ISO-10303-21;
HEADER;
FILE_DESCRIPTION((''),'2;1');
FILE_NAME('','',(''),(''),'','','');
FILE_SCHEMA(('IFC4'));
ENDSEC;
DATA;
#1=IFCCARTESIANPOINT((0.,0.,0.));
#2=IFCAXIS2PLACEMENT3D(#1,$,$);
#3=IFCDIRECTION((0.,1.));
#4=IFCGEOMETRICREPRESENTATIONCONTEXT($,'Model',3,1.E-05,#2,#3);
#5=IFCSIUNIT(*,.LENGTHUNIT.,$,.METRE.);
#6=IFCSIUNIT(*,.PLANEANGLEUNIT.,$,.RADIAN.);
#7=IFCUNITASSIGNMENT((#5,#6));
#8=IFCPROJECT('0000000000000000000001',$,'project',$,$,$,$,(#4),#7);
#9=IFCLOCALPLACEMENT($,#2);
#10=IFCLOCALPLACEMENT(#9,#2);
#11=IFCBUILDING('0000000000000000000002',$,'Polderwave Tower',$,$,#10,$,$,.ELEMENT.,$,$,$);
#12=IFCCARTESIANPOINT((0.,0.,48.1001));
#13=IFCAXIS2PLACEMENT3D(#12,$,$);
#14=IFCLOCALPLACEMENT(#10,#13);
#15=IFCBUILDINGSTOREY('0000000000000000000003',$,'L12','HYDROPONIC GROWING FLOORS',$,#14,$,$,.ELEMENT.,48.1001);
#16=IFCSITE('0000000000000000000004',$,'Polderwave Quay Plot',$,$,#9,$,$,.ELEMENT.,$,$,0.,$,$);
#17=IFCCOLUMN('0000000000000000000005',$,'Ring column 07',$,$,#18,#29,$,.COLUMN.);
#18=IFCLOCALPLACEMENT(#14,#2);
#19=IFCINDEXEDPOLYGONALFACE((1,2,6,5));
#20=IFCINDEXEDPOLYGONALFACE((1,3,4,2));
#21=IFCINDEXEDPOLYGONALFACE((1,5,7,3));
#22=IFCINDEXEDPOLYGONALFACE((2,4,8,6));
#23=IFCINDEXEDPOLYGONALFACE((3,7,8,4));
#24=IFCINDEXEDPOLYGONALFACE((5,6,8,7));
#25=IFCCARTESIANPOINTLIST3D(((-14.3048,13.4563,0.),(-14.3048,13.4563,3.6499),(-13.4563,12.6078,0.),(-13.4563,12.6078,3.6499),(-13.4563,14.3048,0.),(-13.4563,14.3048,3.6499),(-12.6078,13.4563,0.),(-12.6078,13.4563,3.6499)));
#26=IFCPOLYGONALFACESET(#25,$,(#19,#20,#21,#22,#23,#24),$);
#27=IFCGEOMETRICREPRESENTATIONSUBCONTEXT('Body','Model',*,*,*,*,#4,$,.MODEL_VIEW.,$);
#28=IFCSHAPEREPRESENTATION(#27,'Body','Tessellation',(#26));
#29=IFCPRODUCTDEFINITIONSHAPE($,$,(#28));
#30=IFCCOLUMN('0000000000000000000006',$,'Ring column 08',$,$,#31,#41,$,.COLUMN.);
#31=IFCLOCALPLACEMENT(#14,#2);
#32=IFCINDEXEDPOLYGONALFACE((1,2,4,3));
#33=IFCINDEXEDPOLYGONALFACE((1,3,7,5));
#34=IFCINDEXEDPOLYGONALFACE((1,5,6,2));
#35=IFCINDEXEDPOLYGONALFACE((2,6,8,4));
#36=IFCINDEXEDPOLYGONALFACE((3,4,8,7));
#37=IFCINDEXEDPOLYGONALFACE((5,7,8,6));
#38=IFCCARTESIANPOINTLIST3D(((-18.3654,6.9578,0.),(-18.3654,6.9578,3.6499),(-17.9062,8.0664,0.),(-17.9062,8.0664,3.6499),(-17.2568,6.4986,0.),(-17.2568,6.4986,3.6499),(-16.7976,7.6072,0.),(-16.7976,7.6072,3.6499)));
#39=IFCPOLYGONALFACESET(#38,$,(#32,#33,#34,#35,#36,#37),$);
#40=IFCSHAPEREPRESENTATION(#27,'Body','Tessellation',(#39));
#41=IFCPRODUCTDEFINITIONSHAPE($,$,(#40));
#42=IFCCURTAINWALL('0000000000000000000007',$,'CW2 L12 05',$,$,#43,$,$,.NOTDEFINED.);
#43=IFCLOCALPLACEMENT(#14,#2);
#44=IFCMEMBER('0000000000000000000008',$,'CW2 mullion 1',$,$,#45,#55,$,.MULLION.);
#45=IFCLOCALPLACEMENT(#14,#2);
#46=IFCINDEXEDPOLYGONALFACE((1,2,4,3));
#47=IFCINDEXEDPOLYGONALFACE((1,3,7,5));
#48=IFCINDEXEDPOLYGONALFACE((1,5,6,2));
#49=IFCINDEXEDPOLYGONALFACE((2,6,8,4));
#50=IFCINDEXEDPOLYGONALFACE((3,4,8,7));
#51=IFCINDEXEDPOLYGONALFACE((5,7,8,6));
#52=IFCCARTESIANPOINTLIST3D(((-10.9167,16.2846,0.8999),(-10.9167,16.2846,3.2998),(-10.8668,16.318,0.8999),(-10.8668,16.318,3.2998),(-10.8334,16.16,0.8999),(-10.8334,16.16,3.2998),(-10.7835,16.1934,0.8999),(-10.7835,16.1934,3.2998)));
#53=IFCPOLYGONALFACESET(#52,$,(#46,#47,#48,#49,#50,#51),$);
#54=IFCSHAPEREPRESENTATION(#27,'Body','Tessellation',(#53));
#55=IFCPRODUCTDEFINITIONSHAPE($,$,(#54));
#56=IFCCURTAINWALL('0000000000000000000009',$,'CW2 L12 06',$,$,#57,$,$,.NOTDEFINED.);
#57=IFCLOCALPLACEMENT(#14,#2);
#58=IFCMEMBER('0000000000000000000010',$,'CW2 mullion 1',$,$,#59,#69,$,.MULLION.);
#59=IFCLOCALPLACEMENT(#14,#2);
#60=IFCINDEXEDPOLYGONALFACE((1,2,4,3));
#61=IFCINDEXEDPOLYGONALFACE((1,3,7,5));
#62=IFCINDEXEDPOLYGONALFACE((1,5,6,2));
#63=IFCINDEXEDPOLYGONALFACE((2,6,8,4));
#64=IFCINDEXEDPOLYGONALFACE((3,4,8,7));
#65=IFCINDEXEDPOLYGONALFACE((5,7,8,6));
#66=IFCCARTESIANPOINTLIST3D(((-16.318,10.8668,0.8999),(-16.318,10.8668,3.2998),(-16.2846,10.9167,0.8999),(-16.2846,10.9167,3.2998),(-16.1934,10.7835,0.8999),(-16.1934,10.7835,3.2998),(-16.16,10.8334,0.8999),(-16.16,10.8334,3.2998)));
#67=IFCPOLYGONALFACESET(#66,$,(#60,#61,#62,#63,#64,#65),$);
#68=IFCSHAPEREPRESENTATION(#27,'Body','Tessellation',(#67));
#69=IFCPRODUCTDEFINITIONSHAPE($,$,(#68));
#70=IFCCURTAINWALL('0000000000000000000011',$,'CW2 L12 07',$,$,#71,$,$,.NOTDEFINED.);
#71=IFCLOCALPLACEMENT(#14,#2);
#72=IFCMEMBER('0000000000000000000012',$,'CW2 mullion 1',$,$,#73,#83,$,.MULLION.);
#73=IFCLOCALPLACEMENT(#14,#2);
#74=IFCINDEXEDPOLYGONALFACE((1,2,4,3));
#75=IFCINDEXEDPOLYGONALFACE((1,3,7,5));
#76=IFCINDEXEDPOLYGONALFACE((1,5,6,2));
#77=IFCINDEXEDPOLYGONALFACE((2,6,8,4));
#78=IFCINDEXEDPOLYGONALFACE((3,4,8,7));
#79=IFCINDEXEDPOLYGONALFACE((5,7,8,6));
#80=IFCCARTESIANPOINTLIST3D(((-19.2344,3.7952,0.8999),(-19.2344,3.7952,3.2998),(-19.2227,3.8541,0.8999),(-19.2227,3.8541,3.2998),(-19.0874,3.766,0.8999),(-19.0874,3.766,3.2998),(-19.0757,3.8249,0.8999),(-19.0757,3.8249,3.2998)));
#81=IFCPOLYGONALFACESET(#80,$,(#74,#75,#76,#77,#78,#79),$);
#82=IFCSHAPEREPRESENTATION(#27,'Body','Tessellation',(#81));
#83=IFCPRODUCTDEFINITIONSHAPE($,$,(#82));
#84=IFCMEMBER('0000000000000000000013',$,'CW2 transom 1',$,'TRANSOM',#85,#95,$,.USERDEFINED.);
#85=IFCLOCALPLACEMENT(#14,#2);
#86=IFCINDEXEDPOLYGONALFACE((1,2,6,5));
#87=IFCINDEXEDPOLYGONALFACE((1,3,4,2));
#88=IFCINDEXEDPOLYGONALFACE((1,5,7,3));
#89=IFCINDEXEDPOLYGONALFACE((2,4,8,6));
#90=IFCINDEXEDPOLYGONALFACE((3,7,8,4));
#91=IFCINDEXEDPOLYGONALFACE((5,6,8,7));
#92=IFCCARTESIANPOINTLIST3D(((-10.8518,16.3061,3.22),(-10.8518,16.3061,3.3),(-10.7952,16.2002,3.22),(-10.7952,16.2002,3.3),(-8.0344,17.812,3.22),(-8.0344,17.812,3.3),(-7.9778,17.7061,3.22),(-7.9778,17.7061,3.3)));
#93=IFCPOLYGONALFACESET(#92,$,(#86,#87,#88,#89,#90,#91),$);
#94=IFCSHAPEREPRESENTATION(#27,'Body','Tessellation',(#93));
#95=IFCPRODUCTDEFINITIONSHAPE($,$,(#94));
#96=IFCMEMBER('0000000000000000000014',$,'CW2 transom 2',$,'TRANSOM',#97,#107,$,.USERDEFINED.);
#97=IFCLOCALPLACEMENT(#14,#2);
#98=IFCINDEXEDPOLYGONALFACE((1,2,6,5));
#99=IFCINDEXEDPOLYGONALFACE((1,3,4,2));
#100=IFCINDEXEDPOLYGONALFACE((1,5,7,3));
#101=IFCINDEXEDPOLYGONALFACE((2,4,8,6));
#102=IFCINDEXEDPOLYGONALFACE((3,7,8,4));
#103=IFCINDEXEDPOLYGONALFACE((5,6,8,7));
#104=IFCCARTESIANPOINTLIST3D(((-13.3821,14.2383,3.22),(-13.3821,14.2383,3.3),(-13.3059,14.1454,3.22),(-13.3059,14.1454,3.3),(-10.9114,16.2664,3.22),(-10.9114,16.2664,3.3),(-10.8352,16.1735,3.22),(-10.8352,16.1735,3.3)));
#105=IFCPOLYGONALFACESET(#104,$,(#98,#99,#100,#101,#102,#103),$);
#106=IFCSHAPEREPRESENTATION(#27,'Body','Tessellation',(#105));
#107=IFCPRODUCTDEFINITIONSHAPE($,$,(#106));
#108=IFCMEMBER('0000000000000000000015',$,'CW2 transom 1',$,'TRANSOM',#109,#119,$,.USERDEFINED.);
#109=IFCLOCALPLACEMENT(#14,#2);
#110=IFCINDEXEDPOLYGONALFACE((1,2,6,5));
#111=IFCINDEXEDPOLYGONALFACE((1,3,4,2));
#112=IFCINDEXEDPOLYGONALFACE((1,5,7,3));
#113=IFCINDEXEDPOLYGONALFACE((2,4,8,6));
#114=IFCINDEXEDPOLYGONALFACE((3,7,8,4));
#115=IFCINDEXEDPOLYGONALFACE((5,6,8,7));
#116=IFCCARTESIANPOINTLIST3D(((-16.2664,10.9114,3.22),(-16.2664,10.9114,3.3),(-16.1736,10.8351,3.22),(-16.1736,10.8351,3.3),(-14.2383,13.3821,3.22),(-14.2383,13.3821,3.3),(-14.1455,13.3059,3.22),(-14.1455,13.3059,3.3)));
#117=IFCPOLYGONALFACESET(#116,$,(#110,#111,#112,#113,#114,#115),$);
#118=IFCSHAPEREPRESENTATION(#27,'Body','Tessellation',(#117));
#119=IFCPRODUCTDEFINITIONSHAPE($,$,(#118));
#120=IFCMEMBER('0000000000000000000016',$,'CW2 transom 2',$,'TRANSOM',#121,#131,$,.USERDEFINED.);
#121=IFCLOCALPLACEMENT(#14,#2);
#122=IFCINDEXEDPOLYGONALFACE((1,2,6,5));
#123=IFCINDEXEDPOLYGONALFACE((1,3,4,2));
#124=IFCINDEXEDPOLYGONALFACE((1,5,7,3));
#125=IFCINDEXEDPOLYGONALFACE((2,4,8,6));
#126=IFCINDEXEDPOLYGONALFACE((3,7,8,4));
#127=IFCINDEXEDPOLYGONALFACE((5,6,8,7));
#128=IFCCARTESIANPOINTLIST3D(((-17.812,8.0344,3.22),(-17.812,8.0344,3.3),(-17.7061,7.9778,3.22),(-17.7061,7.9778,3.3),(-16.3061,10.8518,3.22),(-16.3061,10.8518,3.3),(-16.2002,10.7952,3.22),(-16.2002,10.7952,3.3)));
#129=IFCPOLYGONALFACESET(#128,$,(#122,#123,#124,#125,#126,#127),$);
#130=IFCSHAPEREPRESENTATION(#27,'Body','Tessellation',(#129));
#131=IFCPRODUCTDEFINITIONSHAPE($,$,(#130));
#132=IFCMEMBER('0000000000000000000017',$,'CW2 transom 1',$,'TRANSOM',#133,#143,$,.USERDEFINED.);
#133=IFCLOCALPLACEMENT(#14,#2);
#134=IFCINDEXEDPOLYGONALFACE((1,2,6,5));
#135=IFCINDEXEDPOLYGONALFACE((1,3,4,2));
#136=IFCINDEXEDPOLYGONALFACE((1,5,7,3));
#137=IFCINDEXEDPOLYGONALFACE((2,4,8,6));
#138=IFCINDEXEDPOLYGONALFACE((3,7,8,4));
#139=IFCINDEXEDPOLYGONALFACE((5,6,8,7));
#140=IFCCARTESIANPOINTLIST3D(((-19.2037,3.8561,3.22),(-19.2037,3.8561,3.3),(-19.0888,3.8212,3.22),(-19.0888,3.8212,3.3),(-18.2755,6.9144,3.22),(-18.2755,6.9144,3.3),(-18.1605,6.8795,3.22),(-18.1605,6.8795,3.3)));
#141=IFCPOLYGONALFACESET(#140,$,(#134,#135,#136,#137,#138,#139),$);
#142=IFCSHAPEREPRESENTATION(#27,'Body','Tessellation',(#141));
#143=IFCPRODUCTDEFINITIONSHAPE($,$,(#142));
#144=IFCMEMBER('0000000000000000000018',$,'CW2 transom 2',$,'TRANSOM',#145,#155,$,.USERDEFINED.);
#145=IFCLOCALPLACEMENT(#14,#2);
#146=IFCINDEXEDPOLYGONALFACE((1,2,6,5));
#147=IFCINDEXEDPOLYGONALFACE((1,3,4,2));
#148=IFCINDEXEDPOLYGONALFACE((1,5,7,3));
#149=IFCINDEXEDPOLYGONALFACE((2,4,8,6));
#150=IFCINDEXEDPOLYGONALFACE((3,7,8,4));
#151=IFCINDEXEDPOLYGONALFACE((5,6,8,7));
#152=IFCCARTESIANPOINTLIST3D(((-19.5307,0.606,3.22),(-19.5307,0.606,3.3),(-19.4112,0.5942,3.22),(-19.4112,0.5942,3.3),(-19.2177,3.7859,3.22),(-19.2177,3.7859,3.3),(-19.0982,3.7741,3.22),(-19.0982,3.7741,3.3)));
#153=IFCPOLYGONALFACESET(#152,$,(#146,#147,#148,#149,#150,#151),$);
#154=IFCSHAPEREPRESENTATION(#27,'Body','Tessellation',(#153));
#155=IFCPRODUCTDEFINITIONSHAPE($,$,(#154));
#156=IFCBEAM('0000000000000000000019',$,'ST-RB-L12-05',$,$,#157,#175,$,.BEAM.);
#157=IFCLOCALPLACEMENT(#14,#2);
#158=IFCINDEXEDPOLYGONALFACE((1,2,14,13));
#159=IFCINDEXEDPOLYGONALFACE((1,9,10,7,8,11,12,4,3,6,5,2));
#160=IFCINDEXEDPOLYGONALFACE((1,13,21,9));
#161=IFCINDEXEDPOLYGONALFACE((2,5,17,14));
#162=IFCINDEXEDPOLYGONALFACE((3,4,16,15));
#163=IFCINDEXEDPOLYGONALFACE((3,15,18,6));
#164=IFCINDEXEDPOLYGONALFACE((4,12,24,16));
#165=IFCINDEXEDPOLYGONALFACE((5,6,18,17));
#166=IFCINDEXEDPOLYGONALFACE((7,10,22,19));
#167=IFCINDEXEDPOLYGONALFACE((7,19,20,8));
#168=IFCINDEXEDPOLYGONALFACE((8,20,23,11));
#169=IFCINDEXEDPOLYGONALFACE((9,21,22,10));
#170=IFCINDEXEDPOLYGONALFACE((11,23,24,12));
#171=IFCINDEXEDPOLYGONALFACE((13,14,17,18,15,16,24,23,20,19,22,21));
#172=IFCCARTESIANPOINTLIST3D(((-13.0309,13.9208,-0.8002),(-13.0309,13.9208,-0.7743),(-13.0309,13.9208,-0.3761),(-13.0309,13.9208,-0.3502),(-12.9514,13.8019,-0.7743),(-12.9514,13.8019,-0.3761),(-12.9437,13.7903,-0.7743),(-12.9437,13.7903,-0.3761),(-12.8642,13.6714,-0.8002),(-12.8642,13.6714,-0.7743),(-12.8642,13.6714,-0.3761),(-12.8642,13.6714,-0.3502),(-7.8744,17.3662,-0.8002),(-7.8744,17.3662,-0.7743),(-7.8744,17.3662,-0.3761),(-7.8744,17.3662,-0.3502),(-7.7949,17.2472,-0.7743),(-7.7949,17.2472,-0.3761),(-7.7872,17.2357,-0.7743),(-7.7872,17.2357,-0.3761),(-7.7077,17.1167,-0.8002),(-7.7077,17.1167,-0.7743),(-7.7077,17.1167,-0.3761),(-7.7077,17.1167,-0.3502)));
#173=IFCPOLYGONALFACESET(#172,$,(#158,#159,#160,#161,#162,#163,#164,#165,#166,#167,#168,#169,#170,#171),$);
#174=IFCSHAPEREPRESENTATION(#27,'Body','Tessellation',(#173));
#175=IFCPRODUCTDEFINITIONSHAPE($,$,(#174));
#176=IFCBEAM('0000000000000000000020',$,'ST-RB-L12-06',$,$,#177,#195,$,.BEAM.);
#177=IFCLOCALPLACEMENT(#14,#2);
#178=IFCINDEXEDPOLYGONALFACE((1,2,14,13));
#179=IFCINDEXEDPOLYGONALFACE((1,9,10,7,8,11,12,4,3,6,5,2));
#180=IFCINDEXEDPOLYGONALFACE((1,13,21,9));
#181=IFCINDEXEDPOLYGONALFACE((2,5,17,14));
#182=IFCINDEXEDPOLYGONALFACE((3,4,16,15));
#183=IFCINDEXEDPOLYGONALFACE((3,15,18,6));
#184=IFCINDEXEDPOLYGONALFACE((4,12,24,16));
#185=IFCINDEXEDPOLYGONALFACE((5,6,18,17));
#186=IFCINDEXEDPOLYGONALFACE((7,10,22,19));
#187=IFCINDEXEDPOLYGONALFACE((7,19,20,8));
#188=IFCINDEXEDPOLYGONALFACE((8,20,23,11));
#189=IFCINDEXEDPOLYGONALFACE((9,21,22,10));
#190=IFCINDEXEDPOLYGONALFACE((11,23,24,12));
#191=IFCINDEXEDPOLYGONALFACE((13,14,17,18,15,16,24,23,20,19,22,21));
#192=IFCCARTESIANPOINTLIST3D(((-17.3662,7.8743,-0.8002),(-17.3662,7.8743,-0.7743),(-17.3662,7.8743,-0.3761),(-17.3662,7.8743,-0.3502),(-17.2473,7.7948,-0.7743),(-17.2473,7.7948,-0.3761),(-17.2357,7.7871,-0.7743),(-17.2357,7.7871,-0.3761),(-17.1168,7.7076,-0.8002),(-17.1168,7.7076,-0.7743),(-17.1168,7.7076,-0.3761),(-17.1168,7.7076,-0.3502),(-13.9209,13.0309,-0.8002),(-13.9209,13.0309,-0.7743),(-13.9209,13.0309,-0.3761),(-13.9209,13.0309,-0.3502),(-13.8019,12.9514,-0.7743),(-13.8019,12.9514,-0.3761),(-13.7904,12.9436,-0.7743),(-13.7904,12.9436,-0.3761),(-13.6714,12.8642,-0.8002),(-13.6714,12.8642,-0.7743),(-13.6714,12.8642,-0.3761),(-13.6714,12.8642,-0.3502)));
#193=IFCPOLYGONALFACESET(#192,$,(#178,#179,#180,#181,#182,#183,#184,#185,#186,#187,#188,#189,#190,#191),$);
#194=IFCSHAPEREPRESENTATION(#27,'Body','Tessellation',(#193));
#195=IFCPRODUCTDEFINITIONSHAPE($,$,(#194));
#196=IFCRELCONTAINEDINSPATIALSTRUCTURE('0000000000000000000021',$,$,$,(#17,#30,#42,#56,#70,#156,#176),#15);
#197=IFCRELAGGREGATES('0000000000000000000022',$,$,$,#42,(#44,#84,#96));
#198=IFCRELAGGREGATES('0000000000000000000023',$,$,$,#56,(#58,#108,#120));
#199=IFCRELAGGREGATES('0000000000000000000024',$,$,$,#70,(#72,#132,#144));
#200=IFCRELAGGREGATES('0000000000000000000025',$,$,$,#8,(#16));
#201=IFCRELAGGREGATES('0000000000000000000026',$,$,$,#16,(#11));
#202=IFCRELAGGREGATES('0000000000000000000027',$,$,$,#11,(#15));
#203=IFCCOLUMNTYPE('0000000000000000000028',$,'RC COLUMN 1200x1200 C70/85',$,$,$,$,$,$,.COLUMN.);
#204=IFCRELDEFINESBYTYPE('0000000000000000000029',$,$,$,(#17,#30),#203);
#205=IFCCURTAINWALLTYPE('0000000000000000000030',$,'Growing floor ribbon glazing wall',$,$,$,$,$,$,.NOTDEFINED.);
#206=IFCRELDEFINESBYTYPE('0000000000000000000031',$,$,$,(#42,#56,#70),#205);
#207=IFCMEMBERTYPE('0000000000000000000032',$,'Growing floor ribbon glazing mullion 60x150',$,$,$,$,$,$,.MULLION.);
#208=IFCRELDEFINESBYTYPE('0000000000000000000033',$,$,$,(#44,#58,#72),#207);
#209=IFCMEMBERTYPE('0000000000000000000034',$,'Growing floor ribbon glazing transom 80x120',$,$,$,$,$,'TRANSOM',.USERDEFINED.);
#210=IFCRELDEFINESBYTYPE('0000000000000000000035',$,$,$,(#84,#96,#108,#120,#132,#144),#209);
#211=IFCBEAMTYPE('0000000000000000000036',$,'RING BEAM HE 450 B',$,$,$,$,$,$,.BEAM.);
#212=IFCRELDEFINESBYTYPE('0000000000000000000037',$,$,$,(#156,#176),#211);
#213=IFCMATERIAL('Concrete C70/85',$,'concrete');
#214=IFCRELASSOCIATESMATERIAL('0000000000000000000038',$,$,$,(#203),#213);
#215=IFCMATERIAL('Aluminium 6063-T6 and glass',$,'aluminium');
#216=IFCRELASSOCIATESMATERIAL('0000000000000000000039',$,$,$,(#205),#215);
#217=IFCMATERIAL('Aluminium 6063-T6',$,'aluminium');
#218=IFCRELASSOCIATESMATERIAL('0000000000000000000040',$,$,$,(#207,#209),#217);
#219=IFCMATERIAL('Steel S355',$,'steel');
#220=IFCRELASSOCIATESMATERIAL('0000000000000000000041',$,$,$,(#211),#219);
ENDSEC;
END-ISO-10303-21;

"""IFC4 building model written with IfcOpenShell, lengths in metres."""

from ifc_helpers import new_model, si_unit, direction, frame, origin, origin_2d, place, context, subcontext, project, spatial, rectangle, i_section, extrude, material, material_profile, profile_set, type_object, element, aggregate, save


model = new_model("IFC4")

# Units and contexts
model_context = context("Model", 3, precision=1e-05, world=origin(), true_north=direction((0.0, 1.0)))
body_context = subcontext(model_context, "Body", "Model", "MODEL_VIEW")
ifc_project = project(units=[si_unit("LENGTHUNIT", "METRE"), si_unit("PLANEANGLEUNIT", "RADIAN")], contexts=[model_context])

# Site, building, storey
site_placement = place(None, origin())
site = spatial("IfcSite", under=ifc_project, at=site_placement, Name="Polderwave Quay Plot", CompositionType="ELEMENT", RefElevation=0.0)
building_placement = place(site_placement, origin())
building = spatial("IfcBuilding", under=site, at=building_placement, Name="Polderwave Tower", CompositionType="ELEMENT")
storey_placement = place(building_placement, frame((0.0, 0.0, 48.1001)))
storey = spatial("IfcBuildingStorey", under=building, at=storey_placement, Name="L12", Description="HYDROPONIC GROWING FLOORS", CompositionType="ELEMENT", Elevation=48.1001)

# Columns
ifc_material_1 = material(Name="Concrete C70/85", Category="concrete")
ifc_material_profile_1 = material_profile(ifc_material_1, rectangle(XDim=1.2, YDim=1.2, at=origin_2d()), Name="RC 1200x1200")
ifc_profile_set_1 = profile_set([ifc_material_profile_1], Name="Concrete C70/85")
column_type = type_object("IfcColumnType", Name="RC COLUMN 1200x1200 C70/85", PredefinedType="COLUMN", material=ifc_profile_set_1)
for number, where, z_axis, x_axis, name in (
    (1, (-13.4563, 13.4563, 0.0), (0.0, 0.0, 1.0), (-0.707107, 0.707107, 0.0), "Ring column 07"),
    (2, (-17.5815, 7.2825, 0.0), (0.0, 0.0, 1.0), (-0.92388, 0.382683, 0.0), "Ring column 08"),
):
    element("IfcColumn", number, at=place(storey_placement, frame(where, z_axis=z_axis, x_axis=x_axis)), inside=storey, type_object=column_type, Name=name, PredefinedType="COLUMN", context=body_context, shape_type="SweptSolid", body=[
        extrude(rectangle(XDim=1.2, YDim=1.2, at=origin_2d()), origin(), (0.0, 0.0, 1.0), 3.6499),
    ])

# Curtain walls, members
ifc_material_2 = material(Name="Aluminium 6063-T6 and glass", Category="aluminium")
curtain_wall_type = type_object("IfcCurtainWallType", Name="Growing floor ribbon glazing wall", PredefinedType="NOTDEFINED", material=ifc_material_2)
curtain_wall_1_placement = place(storey_placement, origin())
curtain_wall_1 = element("IfcCurtainWall", 3, at=curtain_wall_1_placement, inside=storey, type_object=curtain_wall_type, Name="CW2 L12 05", PredefinedType="NOTDEFINED")
ifc_material_3 = material(Name="Aluminium 6063-T6", Category="aluminium")
ifc_material_profile_2 = material_profile(ifc_material_3, rectangle(XDim=0.1499, YDim=0.0601, at=origin_2d()), Name="AL 60x150")
ifc_profile_set_2 = profile_set([ifc_material_profile_2], Name="Aluminium 6063-T6")
member_type_1 = type_object("IfcMemberType", Name="Growing floor ribbon glazing mullion 60x150", PredefinedType="MULLION", material=ifc_profile_set_2)
member_1_placement = place(storey_placement, frame((-10.8501, 16.239, 0.8999), z_axis=(0.0, 0.0, 1.0), x_axis=(0.555576, -0.831466, 0.0)))
member_1 = element("IfcMember", 4, at=member_1_placement, type_object=member_type_1, Name="CW2 mullion 1", PredefinedType="MULLION", context=body_context, shape_type="SweptSolid", body=[
    extrude(rectangle(XDim=0.1499, YDim=0.0601, at=origin_2d()), origin(), (0.0, 0.0, 1.0), 2.3999),
])
curtain_wall_2_placement = place(storey_placement, origin())
curtain_wall_2 = element("IfcCurtainWall", 5, at=curtain_wall_2_placement, inside=storey, type_object=curtain_wall_type, Name="CW2 L12 06", PredefinedType="NOTDEFINED")
member_2_placement = place(storey_placement, frame((-16.239, 10.8501, 0.8999), z_axis=(0.0, 0.0, 1.0), x_axis=(0.831466, -0.555576, 0.0)))
member_2 = element("IfcMember", 6, at=member_2_placement, type_object=member_type_1, Name="CW2 mullion 1", PredefinedType="MULLION", context=body_context, shape_type="SweptSolid", body=[
    extrude(rectangle(XDim=0.1499, YDim=0.0601, at=origin_2d()), origin(), (0.0, 0.0, 1.0), 2.3999),
])
curtain_wall_3_placement = place(storey_placement, origin())
curtain_wall_3 = element("IfcCurtainWall", 7, at=curtain_wall_3_placement, inside=storey, type_object=curtain_wall_type, Name="CW2 L12 07", PredefinedType="NOTDEFINED")
member_3_placement = place(storey_placement, frame((-19.155, 3.8101, 0.8999), z_axis=(0.0, 0.0, 1.0), x_axis=(0.980774, -0.195149, 0.0)))
member_3 = element("IfcMember", 8, at=member_3_placement, type_object=member_type_1, Name="CW2 mullion 1", PredefinedType="MULLION", context=body_context, shape_type="SweptSolid", body=[
    extrude(rectangle(XDim=0.1499, YDim=0.0601, at=origin_2d()), origin(), (0.0, 0.0, 1.0), 2.3999),
])

# Members
ifc_material_profile_3 = material_profile(ifc_material_3, rectangle(XDim=0.1201, YDim=0.0801, at=origin_2d()), Name="AL 80x120")
ifc_profile_set_3 = profile_set([ifc_material_profile_3], Name="Aluminium 6063-T6")
member_type_2 = type_object("IfcMemberType", Name="Growing floor ribbon glazing transom 80x120", ElementType="TRANSOM", PredefinedType="USERDEFINED", material=ifc_profile_set_3)
member_4_placement = place(storey_placement, frame((-8.0061, 17.759, 3.26), z_axis=(-0.881929, -0.471381, 0.0), x_axis=(0.471381, -0.881929, 0.0)))
member_4 = element("IfcMember", 9, at=member_4_placement, type_object=member_type_2, Name="CW2 transom 1", ObjectType="TRANSOM", PredefinedType="USERDEFINED", context=body_context, shape_type="SweptSolid", body=[
    extrude(rectangle(XDim=0.1201, YDim=0.0801, at=origin_2d()), origin(), (0.0, 0.0, 1.0), 3.1946),
])
member_5_placement = place(storey_placement, frame((-10.8733, 16.22, 3.26), z_axis=(-0.772946, -0.634472, 0.0), x_axis=(0.634472, -0.772946, 0.0)))
member_5 = element("IfcMember", 10, at=member_5_placement, type_object=member_type_2, Name="CW2 transom 2", ObjectType="TRANSOM", PredefinedType="USERDEFINED", context=body_context, shape_type="SweptSolid", body=[
    extrude(rectangle(XDim=0.1201, YDim=0.0801, at=origin_2d()), origin(), (0.0, 0.0, 1.0), 3.1965),
])
member_6_placement = place(storey_placement, frame((-14.1919, 13.344, 3.26), z_axis=(-0.634472, -0.772946, 0.0), x_axis=(0.772946, -0.634472, 0.0)))
member_6 = element("IfcMember", 11, at=member_6_placement, type_object=member_type_2, Name="CW2 transom 1", ObjectType="TRANSOM", PredefinedType="USERDEFINED", context=body_context, shape_type="SweptSolid", body=[
    extrude(rectangle(XDim=0.1201, YDim=0.0801, at=origin_2d()), origin(), (0.0, 0.0, 1.0), 3.1965),
])
member_7_placement = place(storey_placement, frame((-16.2532, 10.8235, 3.26), z_axis=(-0.471381, -0.881929, 0.0), x_axis=(0.881929, -0.471381, 0.0)))
member_7 = element("IfcMember", 12, at=member_7_placement, type_object=member_type_2, Name="CW2 transom 2", ObjectType="TRANSOM", PredefinedType="USERDEFINED", context=body_context, shape_type="SweptSolid", body=[
    extrude(rectangle(XDim=0.1201, YDim=0.0801, at=origin_2d()), origin(), (0.0, 0.0, 1.0), 3.1946),
])
member_8_placement = place(storey_placement, frame((-18.218, 6.897, 3.26), z_axis=(-0.290423, -0.956898, 0.0), x_axis=(0.956898, -0.290423, 0.0)))
member_8 = element("IfcMember", 13, at=member_8_placement, type_object=member_type_2, Name="CW2 transom 1", ObjectType="TRANSOM", PredefinedType="USERDEFINED", context=body_context, shape_type="SweptSolid", body=[
    extrude(rectangle(XDim=0.1201, YDim=0.0801, at=origin_2d()), origin(), (0.0, 0.0, 1.0), 3.196),
])
member_9_placement = place(storey_placement, frame((-19.158, 3.78, 3.26), z_axis=(-0.097953, -0.995191, 0.0), x_axis=(0.995191, -0.097953, 0.0)))
member_9 = element("IfcMember", 14, at=member_9_placement, type_object=member_type_2, Name="CW2 transom 2", ObjectType="TRANSOM", PredefinedType="USERDEFINED", context=body_context, shape_type="SweptSolid", body=[
    extrude(rectangle(XDim=0.1201, YDim=0.0801, at=origin_2d()), origin(), (0.0, 0.0, 1.0), 3.1953),
])

# Beams
ifc_material_4 = material(Name="Steel S355", Category="steel")
ifc_material_profile_4 = material_profile(ifc_material_4, i_section(OverallWidth=0.3, OverallDepth=0.45, WebThickness=0.0139, FlangeThickness=0.0259, at=origin_2d()), Name="HE 450 B")
ifc_profile_set_4 = profile_set([ifc_material_profile_4], Name="Steel S355")
beam_type = type_object("IfcBeamType", Name="RING BEAM HE 450 B", PredefinedType="BEAM", material=ifc_profile_set_4)
for number, where, z_axis, x_axis, name in (
    (15, (-7.791, 17.2415, -0.5752), (-0.831481, -0.555554, 0.0), (0.555554, -0.831481, 0.0), "ST-RB-L12-05"),
    (16, (-13.7961, 12.9475, -0.5752), (-0.555554, -0.831481, 0.0), (0.831481, -0.555554, 0.0), "ST-RB-L12-06"),
):
    element("IfcBeam", number, at=place(storey_placement, frame(where, z_axis=z_axis, x_axis=x_axis)), inside=storey, type_object=beam_type, Name=name, PredefinedType="BEAM", context=body_context, shape_type="SweptSolid", body=[
        extrude(i_section(OverallWidth=0.3, OverallDepth=0.45, WebThickness=0.0139, FlangeThickness=0.0259, at=origin_2d()), origin(), (0.0, 0.0, 1.0), 6.2017),
    ])

aggregate(curtain_wall_1, [member_1, member_4, member_5])
aggregate(curtain_wall_2, [member_2, member_6, member_7])
aggregate(curtain_wall_3, [member_3, member_8, member_9])

save(model, "model.ifc")
